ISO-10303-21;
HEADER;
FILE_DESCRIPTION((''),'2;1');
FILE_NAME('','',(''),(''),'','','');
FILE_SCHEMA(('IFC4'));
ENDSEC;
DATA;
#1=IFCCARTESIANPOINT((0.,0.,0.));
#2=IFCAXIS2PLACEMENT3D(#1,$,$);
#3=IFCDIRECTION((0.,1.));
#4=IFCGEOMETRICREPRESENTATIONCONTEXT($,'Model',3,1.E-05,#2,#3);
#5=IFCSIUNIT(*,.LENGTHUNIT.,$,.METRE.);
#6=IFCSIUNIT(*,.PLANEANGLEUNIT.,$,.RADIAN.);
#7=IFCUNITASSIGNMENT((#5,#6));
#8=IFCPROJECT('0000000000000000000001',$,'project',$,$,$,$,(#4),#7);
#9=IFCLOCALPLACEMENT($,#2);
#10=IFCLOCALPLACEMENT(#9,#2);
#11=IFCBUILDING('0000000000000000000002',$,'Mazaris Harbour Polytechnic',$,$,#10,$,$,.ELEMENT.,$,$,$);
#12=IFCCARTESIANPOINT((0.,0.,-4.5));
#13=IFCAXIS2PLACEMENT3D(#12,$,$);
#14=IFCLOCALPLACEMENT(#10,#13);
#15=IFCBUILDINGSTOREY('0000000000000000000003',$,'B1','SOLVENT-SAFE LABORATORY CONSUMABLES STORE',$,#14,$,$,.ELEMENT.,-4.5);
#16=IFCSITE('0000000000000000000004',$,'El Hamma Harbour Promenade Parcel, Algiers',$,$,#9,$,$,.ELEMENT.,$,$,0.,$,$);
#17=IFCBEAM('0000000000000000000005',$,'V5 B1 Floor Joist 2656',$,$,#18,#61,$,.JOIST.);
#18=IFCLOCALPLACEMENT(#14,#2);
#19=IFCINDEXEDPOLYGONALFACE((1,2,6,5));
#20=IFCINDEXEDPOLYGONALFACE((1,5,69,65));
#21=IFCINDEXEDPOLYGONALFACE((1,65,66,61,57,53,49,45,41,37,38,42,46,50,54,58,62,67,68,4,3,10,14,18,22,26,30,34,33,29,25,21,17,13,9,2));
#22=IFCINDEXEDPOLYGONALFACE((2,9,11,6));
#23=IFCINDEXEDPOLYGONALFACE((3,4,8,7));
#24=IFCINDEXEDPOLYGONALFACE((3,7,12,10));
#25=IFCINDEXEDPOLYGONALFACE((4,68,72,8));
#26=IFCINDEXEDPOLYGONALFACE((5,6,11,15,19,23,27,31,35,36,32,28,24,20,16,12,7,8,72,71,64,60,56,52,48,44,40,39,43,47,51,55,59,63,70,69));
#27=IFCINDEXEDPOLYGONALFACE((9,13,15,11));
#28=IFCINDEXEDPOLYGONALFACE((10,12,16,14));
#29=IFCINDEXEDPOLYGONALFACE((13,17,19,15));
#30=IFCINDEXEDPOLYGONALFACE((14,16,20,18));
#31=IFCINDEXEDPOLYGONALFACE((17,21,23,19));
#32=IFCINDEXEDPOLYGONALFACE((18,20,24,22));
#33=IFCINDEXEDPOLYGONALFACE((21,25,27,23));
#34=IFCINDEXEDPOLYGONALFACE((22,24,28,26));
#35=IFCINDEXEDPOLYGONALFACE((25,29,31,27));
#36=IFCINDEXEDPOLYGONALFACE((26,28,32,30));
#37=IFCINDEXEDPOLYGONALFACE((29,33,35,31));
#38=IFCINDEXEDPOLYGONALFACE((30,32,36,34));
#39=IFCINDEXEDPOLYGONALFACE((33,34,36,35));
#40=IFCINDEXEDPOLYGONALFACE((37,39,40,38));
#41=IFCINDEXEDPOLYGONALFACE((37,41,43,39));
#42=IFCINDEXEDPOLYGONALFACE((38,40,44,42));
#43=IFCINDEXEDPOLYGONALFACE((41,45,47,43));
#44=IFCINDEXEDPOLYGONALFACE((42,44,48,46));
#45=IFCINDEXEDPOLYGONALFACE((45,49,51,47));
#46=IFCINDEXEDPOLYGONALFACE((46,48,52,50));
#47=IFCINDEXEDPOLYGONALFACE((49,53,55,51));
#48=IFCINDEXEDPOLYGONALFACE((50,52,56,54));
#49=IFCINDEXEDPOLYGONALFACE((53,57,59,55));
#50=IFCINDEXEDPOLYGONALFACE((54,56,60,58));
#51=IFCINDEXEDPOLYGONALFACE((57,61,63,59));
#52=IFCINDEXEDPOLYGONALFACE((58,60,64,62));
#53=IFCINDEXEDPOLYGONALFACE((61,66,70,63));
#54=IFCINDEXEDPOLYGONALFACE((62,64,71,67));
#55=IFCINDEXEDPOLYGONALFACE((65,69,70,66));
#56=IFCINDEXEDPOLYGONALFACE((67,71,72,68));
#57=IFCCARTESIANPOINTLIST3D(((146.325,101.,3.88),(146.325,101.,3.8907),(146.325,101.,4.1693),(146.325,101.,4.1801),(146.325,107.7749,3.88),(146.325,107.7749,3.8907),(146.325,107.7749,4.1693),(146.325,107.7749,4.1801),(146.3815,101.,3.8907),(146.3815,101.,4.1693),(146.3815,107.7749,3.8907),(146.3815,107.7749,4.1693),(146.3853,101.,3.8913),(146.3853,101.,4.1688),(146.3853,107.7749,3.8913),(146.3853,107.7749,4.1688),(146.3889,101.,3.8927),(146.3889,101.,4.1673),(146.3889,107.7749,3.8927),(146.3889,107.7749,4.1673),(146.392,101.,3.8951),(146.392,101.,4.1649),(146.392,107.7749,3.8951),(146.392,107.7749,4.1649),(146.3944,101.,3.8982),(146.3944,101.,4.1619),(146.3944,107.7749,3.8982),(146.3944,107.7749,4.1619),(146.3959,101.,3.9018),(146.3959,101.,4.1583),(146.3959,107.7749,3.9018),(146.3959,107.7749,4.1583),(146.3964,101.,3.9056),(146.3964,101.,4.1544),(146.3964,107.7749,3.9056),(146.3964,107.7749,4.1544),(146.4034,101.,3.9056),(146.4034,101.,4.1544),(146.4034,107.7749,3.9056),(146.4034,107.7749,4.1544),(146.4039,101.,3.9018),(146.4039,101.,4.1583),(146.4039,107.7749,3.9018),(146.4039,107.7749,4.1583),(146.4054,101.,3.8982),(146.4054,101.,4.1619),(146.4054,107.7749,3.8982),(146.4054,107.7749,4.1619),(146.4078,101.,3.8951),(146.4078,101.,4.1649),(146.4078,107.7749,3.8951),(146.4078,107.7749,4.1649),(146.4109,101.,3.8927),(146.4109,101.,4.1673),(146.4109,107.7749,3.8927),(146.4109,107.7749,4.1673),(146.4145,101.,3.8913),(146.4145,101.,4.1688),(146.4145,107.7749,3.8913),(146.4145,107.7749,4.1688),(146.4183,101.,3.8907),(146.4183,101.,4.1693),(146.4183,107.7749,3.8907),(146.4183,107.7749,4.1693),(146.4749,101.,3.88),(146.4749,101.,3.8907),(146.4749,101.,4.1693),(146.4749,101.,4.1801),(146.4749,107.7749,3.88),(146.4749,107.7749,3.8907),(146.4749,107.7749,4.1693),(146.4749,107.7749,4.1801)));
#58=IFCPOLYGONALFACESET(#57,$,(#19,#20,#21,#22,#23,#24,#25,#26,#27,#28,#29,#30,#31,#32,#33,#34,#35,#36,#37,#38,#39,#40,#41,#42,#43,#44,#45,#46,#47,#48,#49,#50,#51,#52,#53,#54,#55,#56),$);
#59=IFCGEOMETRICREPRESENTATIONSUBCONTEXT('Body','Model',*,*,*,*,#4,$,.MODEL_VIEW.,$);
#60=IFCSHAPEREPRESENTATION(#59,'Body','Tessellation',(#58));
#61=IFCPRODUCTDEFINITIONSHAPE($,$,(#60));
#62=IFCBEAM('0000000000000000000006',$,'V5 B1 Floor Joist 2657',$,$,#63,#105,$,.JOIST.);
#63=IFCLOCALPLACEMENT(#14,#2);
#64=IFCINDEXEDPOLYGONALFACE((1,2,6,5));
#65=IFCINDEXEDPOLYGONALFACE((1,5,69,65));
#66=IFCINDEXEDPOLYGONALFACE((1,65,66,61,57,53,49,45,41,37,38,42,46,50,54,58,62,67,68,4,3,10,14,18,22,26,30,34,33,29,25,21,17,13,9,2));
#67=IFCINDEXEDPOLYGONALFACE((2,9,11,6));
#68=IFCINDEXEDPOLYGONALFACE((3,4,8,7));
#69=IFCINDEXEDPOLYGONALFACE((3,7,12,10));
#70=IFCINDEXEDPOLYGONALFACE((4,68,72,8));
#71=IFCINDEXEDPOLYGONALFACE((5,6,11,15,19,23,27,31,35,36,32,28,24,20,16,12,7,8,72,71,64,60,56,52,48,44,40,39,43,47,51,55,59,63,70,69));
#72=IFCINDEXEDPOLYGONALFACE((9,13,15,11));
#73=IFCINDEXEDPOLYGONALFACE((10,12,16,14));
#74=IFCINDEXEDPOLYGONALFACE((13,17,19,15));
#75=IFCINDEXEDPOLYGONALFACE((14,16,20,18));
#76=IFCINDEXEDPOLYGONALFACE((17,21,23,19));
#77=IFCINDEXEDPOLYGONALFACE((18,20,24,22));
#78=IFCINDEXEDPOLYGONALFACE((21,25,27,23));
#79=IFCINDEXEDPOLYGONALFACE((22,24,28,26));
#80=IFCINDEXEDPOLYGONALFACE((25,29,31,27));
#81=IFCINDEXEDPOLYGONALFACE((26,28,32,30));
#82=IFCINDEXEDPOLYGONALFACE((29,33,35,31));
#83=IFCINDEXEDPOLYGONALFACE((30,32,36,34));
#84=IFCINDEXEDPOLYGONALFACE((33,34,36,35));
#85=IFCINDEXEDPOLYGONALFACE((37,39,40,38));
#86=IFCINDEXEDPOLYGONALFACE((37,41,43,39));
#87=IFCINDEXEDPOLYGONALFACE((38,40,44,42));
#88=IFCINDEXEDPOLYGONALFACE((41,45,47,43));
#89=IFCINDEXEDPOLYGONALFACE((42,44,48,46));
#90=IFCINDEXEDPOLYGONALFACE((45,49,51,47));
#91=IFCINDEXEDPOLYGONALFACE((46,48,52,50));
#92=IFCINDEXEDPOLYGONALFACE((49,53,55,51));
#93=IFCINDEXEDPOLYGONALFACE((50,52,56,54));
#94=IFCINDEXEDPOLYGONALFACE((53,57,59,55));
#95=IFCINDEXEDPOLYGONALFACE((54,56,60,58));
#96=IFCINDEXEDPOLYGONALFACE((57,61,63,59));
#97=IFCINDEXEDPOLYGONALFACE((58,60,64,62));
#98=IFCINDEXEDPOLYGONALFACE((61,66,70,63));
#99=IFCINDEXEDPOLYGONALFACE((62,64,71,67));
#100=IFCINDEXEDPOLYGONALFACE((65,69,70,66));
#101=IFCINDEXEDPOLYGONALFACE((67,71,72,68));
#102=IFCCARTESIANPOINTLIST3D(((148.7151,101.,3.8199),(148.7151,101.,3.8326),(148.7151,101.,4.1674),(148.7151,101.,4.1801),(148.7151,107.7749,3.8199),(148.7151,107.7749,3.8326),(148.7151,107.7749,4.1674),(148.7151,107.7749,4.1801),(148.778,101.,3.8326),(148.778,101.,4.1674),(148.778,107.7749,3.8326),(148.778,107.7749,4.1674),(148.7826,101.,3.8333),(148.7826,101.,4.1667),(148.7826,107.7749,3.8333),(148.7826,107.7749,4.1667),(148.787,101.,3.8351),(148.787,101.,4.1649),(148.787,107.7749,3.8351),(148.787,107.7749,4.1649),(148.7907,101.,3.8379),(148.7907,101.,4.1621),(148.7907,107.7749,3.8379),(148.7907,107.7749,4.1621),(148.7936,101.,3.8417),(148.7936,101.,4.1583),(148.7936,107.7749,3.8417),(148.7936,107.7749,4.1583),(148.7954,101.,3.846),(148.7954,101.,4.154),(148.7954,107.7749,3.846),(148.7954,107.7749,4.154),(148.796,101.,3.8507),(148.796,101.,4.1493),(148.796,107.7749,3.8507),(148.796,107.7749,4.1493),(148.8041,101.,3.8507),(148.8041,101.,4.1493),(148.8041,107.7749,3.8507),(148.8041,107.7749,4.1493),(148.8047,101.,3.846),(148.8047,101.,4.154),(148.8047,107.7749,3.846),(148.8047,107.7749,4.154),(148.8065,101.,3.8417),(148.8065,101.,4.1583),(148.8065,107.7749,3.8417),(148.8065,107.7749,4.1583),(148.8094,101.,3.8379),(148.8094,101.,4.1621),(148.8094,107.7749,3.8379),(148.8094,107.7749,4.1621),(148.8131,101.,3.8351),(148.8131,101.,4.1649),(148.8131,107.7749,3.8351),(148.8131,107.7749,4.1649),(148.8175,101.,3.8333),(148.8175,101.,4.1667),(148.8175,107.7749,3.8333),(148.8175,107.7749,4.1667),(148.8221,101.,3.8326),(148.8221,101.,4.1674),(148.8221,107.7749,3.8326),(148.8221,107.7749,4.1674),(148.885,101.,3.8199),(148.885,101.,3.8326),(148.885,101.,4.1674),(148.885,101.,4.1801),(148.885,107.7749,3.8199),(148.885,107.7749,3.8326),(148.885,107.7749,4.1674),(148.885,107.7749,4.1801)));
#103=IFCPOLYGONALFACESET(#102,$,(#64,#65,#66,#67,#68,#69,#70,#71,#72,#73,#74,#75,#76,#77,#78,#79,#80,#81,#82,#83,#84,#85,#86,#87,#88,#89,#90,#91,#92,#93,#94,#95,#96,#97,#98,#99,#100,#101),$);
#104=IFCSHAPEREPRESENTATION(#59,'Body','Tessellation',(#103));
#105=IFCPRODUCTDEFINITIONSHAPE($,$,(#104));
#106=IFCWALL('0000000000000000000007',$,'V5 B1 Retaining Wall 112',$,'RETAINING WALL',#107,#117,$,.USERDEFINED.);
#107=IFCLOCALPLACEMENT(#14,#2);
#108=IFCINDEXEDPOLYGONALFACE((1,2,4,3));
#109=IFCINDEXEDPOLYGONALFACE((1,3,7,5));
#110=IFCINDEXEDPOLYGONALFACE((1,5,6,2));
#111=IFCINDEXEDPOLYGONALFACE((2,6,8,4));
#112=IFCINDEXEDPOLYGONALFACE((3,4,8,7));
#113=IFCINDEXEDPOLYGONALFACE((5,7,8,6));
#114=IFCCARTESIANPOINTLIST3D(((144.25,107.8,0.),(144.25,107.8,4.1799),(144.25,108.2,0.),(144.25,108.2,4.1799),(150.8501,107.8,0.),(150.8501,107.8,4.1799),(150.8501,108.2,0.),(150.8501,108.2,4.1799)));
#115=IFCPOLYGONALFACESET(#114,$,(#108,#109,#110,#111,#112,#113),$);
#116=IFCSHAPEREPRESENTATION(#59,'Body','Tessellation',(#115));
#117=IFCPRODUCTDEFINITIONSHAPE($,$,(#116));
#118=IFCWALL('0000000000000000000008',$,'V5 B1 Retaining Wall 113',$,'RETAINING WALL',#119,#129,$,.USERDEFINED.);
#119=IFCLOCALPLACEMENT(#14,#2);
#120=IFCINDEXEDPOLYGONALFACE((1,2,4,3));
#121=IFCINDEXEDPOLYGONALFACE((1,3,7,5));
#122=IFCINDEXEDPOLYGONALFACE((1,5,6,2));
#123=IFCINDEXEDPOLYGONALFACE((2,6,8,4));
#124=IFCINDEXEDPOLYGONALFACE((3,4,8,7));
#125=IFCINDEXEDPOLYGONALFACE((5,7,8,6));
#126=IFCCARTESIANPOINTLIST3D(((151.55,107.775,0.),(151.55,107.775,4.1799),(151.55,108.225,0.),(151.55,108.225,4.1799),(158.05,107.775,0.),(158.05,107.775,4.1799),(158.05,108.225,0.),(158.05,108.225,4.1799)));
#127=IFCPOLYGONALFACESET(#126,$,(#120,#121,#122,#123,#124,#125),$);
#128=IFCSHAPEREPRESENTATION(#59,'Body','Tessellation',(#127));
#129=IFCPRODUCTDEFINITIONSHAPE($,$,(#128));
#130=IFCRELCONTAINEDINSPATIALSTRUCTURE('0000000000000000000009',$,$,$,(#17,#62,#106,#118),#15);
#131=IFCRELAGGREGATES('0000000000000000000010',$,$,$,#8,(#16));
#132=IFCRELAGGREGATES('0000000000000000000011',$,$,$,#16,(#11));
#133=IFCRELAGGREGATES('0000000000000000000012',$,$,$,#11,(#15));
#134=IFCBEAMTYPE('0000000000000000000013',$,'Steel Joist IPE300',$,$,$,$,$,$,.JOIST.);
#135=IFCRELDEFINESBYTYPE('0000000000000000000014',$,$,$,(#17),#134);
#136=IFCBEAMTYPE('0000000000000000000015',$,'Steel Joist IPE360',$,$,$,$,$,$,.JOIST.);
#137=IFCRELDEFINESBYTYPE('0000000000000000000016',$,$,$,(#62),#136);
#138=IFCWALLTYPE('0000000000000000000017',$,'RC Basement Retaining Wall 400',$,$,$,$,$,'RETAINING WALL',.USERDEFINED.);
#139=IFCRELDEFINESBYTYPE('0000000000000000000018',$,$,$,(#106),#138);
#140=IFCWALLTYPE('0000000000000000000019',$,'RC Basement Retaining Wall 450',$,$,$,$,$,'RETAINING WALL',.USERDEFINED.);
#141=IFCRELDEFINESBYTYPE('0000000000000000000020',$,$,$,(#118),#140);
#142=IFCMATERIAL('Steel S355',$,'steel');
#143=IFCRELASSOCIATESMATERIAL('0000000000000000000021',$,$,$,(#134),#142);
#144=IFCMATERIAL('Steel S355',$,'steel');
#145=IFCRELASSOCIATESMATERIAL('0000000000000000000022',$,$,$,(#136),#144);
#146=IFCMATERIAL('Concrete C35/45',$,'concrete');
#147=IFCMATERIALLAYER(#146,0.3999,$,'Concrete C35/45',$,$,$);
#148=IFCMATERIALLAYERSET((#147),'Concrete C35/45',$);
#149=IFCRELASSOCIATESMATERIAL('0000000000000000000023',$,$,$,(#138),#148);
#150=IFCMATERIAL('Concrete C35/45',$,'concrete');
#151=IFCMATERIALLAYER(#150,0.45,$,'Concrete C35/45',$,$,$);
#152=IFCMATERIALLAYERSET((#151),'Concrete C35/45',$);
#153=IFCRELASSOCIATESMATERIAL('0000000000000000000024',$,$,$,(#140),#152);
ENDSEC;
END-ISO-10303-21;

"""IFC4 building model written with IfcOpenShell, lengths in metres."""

from ifc_helpers import new_model, si_unit, direction, frame, frame_2d, origin, origin_2d, place, context, subcontext, project, spatial, rectangle, i_section, extrude, material, layer, layer_set, material_profile, profile_set, type_object, element, save


model = new_model("IFC4")

# Units and contexts
model_context = context("Model", 3, precision=1e-05, world=origin(), true_north=direction((0.0, 1.0)))
body_context = subcontext(model_context, "Body", "Model", "MODEL_VIEW")
ifc_project = project(units=[si_unit("LENGTHUNIT", "METRE"), si_unit("PLANEANGLEUNIT", "RADIAN")], contexts=[model_context])

# Site, building, storey
site_placement = place(None, origin())
site = spatial("IfcSite", under=ifc_project, at=site_placement, Name="El Hamma Harbour Promenade Parcel, Algiers", CompositionType="ELEMENT", RefElevation=0.0)
building_placement = place(site_placement, origin())
building = spatial("IfcBuilding", under=site, at=building_placement, Name="Mazaris Harbour Polytechnic", CompositionType="ELEMENT")
storey_placement = place(building_placement, frame((0.0, 0.0, -4.5)))
storey = spatial("IfcBuildingStorey", under=building, at=storey_placement, Name="B1", Description="SOLVENT-SAFE LABORATORY CONSUMABLES STORE", CompositionType="ELEMENT", Elevation=-4.5)

# Beams
ifc_material_1 = material(Name="Steel S355", Category="steel")
ifc_material_profile_1 = material_profile(ifc_material_1, i_section(OverallWidth=0.1499, OverallDepth=0.3, WebThickness=0.0071, FlangeThickness=0.0107, FilletRadius=0.0149, at=origin_2d()), Name="IPE 300")
ifc_profile_set_1 = profile_set([ifc_material_profile_1], Name="Steel S355")
beam_type_1 = type_object("IfcBeamType", Name="Steel Joist IPE300", PredefinedType="JOIST", material=ifc_profile_set_1)
beam_1_placement = place(storey_placement, frame((146.3999, 101.0, 4.03), z_axis=(0.0, 1.0, 0.0), x_axis=(-1.0, 0.0, 0.0)))
element("IfcBeam", 1, at=beam_1_placement, inside=storey, type_object=beam_type_1, Name="V5 B1 Floor Joist 2656", PredefinedType="JOIST", context=body_context, shape_type="SweptSolid", body=[
    extrude(i_section(OverallWidth=0.1499, OverallDepth=0.3, WebThickness=0.0071, FlangeThickness=0.0107, FilletRadius=0.0149, at=origin_2d()), origin(), (0.0, 0.0, 1.0), 6.7749),
])
ifc_material_2 = material(Name="Steel S355", Category="steel")
ifc_material_profile_2 = material_profile(ifc_material_2, i_section(OverallWidth=0.1699, OverallDepth=0.3601, WebThickness=0.0081, FlangeThickness=0.0127, FilletRadius=0.0181, at=origin_2d()), Name="IPE 360")
ifc_profile_set_2 = profile_set([ifc_material_profile_2], Name="Steel S355")
beam_type_2 = type_object("IfcBeamType", Name="Steel Joist IPE360", PredefinedType="JOIST", material=ifc_profile_set_2)
beam_2_placement = place(storey_placement, frame((148.8, 101.0, 4.0), z_axis=(0.0, 1.0, 0.0), x_axis=(-1.0, 0.0, 0.0)))
element("IfcBeam", 2, at=beam_2_placement, inside=storey, type_object=beam_type_2, Name="V5 B1 Floor Joist 2657", PredefinedType="JOIST", context=body_context, shape_type="SweptSolid", body=[
    extrude(i_section(OverallWidth=0.1699, OverallDepth=0.3601, WebThickness=0.0081, FlangeThickness=0.0127, FilletRadius=0.0181, at=origin_2d()), origin(), (0.0, 0.0, 1.0), 6.7749),
])

# Walls
ifc_material_3 = material(Name="Concrete C35/45", Category="concrete")
ifc_layer_1 = layer(ifc_material_3, 0.3999, Name="Concrete C35/45")
ifc_layer_set_1 = layer_set([ifc_layer_1], Name="Concrete C35/45")
wall_type_1 = type_object("IfcWallType", Name="RC Basement Retaining Wall 400", ElementType="RETAINING WALL", PredefinedType="USERDEFINED", material=ifc_layer_set_1)
wall_1_placement = place(storey_placement, frame((144.25, 108.0, 0.0), z_axis=(0.0, 0.0, 1.0), x_axis=(1.0, 0.0, 0.0)))
element("IfcWall", 3, at=wall_1_placement, inside=storey, type_object=wall_type_1, Name="V5 B1 Retaining Wall 112", ObjectType="RETAINING WALL", PredefinedType="USERDEFINED", context=body_context, shape_type="SweptSolid", body=[
    extrude(rectangle(XDim=6.6001, YDim=0.3999, at=frame_2d((3.3, 0.0))), origin(), (0.0, 0.0, 1.0), 4.1799),
])
ifc_material_4 = material(Name="Concrete C35/45", Category="concrete")
ifc_layer_2 = layer(ifc_material_4, 0.45, Name="Concrete C35/45")
ifc_layer_set_2 = layer_set([ifc_layer_2], Name="Concrete C35/45")
wall_type_2 = type_object("IfcWallType", Name="RC Basement Retaining Wall 450", ElementType="RETAINING WALL", PredefinedType="USERDEFINED", material=ifc_layer_set_2)
wall_2_placement = place(storey_placement, frame((151.55, 108.0, 0.0), z_axis=(0.0, 0.0, 1.0), x_axis=(1.0, 0.0, 0.0)))
element("IfcWall", 4, at=wall_2_placement, inside=storey, type_object=wall_type_2, Name="V5 B1 Retaining Wall 113", ObjectType="RETAINING WALL", PredefinedType="USERDEFINED", context=body_context, shape_type="SweptSolid", body=[
    extrude(rectangle(XDim=6.5, YDim=0.45, at=frame_2d((3.25, 0.0))), origin(), (0.0, 0.0, 1.0), 4.1799),
])

save(model, "model.ifc")
